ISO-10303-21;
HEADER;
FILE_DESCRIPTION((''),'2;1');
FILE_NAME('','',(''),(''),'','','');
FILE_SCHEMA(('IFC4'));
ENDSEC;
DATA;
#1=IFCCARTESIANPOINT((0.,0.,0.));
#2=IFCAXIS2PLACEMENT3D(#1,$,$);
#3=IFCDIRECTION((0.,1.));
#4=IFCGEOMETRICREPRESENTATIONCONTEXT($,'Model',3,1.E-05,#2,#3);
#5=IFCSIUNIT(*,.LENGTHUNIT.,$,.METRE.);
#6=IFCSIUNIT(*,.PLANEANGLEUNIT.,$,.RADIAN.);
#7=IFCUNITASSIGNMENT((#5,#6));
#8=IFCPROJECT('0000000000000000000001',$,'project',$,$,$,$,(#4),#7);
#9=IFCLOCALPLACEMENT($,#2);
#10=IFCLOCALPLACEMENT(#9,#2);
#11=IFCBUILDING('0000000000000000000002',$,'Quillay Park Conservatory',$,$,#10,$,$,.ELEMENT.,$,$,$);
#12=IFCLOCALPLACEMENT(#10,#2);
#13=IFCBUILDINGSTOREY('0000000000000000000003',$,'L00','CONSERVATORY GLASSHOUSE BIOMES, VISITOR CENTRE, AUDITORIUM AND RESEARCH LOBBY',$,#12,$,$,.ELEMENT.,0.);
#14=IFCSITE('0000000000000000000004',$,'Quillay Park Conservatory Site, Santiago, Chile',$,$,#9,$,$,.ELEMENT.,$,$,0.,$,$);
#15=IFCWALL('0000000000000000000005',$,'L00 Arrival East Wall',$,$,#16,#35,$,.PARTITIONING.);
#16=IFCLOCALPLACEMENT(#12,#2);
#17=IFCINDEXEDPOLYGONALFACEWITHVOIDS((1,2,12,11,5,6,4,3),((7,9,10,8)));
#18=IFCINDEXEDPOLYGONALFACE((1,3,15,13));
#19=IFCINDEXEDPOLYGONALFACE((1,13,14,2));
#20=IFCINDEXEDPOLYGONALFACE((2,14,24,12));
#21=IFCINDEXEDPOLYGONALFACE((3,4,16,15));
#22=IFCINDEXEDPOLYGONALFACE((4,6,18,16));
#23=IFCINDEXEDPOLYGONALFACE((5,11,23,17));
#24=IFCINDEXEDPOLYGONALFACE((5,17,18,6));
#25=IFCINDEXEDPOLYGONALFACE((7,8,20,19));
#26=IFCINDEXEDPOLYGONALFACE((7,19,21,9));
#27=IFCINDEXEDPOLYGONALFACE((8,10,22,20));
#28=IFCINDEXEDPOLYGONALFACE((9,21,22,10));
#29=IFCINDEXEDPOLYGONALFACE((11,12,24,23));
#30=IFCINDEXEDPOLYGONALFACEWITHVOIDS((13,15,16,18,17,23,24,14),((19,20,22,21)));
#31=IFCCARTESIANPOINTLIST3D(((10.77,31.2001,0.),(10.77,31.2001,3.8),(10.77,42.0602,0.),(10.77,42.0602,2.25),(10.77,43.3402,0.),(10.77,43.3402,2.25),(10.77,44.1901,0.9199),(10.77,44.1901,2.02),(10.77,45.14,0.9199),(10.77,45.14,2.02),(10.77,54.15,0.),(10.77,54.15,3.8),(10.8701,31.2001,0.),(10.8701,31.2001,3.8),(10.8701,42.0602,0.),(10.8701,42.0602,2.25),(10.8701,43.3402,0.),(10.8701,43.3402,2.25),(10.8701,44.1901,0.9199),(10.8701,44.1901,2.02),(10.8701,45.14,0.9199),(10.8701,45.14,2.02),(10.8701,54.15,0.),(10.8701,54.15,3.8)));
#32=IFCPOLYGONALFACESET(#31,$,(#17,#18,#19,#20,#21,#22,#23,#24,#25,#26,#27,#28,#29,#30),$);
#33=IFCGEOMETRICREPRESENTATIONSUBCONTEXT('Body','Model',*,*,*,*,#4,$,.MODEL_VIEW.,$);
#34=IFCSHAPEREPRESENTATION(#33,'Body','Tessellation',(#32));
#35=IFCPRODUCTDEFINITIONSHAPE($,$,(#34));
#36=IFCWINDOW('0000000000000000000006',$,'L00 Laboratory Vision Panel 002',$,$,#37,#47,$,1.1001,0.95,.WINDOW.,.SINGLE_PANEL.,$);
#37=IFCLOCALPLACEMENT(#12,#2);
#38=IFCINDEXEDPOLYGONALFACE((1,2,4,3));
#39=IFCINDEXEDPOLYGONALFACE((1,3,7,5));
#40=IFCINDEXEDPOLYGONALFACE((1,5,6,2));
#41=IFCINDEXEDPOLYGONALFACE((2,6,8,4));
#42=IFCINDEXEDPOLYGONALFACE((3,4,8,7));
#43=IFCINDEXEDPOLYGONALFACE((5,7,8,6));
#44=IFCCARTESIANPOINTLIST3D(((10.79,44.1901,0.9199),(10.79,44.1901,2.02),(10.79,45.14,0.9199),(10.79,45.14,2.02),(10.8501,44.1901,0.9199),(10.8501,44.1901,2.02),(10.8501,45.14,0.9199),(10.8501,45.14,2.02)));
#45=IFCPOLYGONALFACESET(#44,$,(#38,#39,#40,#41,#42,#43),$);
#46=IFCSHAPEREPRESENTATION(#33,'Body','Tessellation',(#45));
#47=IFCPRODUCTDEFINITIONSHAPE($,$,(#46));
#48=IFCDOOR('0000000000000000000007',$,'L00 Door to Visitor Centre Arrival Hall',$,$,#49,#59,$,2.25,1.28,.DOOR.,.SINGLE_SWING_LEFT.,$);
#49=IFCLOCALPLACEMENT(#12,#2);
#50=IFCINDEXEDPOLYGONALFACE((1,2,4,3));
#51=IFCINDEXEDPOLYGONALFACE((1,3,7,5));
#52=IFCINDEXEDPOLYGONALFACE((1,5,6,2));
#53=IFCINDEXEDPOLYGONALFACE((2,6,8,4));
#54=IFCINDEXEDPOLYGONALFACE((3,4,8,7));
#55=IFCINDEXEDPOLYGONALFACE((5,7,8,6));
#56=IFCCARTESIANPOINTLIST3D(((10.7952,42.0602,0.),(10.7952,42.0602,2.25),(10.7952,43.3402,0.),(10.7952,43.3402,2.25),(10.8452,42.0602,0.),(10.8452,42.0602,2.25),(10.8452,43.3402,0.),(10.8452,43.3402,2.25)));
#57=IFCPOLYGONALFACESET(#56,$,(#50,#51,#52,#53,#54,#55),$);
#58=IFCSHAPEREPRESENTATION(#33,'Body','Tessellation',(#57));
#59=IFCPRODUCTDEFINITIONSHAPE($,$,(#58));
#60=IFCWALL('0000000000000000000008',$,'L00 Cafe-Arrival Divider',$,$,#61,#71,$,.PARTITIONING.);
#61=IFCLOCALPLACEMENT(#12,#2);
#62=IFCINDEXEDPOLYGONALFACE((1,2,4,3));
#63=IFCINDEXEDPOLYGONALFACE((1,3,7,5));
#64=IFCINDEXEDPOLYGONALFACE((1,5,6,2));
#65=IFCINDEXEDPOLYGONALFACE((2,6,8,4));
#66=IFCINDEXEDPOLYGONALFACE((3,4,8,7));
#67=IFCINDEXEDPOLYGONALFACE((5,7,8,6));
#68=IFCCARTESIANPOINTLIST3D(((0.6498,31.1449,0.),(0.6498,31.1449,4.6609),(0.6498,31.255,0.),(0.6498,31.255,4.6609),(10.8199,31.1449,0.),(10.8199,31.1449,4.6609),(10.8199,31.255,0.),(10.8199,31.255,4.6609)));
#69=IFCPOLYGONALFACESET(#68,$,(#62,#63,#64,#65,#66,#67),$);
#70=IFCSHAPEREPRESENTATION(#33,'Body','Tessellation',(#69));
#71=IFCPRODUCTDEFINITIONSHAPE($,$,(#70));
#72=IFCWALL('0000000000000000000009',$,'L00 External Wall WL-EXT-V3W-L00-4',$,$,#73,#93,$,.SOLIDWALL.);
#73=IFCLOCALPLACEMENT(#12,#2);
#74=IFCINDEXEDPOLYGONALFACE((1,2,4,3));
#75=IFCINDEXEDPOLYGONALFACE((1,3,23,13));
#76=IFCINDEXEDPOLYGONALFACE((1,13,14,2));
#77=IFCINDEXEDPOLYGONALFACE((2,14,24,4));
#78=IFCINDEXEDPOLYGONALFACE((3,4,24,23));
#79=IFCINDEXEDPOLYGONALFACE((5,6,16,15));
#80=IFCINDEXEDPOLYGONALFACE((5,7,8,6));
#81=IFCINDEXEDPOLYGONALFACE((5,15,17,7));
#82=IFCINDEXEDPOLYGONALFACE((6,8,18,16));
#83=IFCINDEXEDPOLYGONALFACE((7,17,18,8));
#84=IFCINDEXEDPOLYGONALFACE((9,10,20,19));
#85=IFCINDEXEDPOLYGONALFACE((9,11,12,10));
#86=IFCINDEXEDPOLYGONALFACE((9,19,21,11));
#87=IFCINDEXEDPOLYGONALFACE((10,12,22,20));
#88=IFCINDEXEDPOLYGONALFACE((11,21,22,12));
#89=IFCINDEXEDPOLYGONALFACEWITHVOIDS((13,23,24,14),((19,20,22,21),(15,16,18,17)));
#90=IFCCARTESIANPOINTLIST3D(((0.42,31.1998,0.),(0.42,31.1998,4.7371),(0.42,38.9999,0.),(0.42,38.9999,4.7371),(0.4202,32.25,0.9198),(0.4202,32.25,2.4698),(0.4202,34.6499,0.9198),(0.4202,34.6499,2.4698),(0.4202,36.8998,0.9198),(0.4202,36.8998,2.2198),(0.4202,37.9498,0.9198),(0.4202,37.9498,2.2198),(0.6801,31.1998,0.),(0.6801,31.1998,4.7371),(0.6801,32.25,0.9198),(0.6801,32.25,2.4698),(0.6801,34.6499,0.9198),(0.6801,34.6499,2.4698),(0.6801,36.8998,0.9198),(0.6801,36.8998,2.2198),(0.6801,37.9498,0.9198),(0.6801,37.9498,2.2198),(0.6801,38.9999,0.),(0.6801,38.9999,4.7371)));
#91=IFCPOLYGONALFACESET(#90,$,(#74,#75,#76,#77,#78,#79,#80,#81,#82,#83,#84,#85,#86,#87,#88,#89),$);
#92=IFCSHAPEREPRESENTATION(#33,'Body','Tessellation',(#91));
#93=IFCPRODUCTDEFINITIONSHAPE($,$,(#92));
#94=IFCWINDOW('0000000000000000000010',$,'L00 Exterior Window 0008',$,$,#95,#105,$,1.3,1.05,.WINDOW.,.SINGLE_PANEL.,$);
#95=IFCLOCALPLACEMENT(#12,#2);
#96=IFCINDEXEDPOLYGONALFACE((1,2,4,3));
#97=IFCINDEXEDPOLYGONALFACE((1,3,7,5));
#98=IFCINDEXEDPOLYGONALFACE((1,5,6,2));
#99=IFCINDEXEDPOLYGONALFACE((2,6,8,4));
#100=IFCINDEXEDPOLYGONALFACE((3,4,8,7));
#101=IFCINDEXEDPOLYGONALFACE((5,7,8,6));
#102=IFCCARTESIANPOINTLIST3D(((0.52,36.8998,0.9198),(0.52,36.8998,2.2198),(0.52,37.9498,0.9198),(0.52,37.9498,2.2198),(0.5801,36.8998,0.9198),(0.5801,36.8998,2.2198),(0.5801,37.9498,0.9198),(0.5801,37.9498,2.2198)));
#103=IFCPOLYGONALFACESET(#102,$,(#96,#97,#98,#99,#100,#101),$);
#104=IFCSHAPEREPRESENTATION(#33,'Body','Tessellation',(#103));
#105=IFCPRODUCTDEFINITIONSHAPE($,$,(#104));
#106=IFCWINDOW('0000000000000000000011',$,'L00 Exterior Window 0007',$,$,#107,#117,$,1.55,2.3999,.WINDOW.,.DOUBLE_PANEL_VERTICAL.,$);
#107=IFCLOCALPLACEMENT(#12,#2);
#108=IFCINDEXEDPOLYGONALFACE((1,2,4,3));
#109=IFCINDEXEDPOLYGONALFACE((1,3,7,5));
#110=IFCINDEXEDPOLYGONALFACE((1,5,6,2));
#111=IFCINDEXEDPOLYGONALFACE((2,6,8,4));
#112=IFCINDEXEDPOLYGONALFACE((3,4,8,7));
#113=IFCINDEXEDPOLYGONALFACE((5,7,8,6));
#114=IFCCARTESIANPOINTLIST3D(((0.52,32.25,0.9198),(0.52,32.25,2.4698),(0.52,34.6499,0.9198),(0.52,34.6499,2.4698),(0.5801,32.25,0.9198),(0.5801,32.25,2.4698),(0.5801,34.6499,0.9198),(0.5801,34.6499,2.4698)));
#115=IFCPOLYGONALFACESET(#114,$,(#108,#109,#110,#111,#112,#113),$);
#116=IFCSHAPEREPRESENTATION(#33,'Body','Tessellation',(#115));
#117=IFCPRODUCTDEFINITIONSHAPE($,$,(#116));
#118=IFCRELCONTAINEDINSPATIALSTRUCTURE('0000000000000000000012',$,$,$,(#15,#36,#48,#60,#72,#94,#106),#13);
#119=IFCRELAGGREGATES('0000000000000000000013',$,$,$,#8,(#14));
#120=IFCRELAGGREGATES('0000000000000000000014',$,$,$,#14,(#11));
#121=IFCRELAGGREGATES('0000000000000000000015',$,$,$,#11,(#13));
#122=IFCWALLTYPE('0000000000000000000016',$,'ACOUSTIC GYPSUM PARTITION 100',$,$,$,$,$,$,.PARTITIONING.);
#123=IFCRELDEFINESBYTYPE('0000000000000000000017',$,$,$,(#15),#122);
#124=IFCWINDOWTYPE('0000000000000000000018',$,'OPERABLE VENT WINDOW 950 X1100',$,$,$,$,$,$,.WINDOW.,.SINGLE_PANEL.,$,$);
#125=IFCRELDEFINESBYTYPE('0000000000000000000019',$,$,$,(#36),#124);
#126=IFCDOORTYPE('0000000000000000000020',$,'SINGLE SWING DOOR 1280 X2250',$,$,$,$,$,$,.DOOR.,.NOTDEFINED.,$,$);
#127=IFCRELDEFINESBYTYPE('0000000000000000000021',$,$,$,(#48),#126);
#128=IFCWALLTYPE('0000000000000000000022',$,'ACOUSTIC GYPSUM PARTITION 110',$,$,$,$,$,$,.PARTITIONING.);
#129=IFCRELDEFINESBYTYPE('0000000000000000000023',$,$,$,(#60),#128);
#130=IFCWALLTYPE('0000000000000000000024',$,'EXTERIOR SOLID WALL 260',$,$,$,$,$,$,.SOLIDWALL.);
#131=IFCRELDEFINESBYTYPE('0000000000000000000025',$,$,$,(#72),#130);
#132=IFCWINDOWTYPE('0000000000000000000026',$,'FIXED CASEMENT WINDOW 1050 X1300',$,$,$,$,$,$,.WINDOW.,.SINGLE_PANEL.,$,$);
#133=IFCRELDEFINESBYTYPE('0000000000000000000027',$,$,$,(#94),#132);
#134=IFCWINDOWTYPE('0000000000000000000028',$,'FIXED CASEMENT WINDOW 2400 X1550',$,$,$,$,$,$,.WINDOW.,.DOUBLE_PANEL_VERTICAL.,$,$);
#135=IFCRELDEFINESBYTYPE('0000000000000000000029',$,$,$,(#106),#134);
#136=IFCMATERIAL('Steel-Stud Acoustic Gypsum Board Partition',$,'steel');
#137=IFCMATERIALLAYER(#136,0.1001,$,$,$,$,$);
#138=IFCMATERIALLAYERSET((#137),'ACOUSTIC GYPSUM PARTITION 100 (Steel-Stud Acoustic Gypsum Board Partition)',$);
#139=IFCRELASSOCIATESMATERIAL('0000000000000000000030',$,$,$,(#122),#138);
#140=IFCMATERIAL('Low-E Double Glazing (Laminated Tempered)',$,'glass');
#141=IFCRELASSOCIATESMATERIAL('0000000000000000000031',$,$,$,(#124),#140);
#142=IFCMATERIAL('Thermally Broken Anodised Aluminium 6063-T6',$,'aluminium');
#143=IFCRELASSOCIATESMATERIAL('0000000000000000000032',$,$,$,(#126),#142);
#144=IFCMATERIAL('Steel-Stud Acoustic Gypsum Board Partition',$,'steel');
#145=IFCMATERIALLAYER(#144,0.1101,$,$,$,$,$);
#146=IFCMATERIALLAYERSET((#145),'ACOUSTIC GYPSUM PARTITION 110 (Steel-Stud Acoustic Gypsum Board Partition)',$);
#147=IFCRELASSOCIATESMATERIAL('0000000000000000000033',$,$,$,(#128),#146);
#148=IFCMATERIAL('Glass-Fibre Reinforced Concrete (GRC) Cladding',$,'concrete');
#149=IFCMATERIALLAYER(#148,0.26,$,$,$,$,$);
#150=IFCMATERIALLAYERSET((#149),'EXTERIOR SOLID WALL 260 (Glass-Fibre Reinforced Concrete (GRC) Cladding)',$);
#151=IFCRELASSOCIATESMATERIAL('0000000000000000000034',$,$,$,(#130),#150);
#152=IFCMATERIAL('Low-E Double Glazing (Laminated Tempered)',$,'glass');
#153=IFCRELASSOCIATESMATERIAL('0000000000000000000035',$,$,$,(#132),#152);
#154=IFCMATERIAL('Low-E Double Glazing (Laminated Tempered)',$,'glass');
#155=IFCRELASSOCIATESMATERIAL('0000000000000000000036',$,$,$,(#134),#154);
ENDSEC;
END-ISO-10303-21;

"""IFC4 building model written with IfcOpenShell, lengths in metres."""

from ifc_helpers import new_model, si_unit, direction, frame, frame_2d, origin, place, context, subcontext, project, spatial, rectangle, extrude, material, layer, layer_set, type_object, element, fill, save


model = new_model("IFC4")

# Units and contexts
model_context = context("Model", 3, precision=1e-05, world=origin(), true_north=direction((0.0, 1.0)))
body_context = subcontext(model_context, "Body", "Model", "MODEL_VIEW")
ifc_project = project(units=[si_unit("LENGTHUNIT", "METRE"), si_unit("PLANEANGLEUNIT", "RADIAN")], contexts=[model_context])

# Site, building, storey
site_placement = place(None, origin())
site = spatial("IfcSite", under=ifc_project, at=site_placement, Name="Quillay Park Conservatory Site, Santiago, Chile", CompositionType="ELEMENT", RefElevation=0.0)
building_placement = place(site_placement, origin())
building = spatial("IfcBuilding", under=site, at=building_placement, Name="Quillay Park Conservatory", CompositionType="ELEMENT")
storey_placement = place(building_placement, origin())
storey = spatial("IfcBuildingStorey", under=building, at=storey_placement, Name="L00", Description="CONSERVATORY GLASSHOUSE BIOMES, VISITOR CENTRE, AUDITORIUM AND RESEARCH LOBBY", CompositionType="ELEMENT", Elevation=0.0)

# Wall, openings, window, door
ifc_material_1 = material(Name="Steel-Stud Acoustic Gypsum Board Partition", Category="steel")
ifc_layer_1 = layer(ifc_material_1, 0.1001)
ifc_layer_set_1 = layer_set([ifc_layer_1], Name="ACOUSTIC GYPSUM PARTITION 100 (Steel-Stud Acoustic Gypsum Board Partition)")
wall_type_1 = type_object("IfcWallType", Name="ACOUSTIC GYPSUM PARTITION 100", PredefinedType="PARTITIONING", material=ifc_layer_set_1)
wall_1_placement = place(storey_placement, frame((10.8201, 31.2, 0.0), z_axis=(0.0, 0.0, 1.0), x_axis=(0.0, 1.0, 0.0)))
wall_1 = element("IfcWall", 1, at=wall_1_placement, inside=storey, type_object=wall_type_1, Name="L00 Arrival East Wall", PredefinedType="PARTITIONING", context=body_context, shape_type="SweptSolid", body=[
    extrude(rectangle(XDim=22.95, YDim=0.1001, at=frame_2d((11.4751, 0.0))), origin(), (0.0, 0.0, 1.0), 3.8),
])
opening_1_placement = place(wall_1_placement, frame((10.8601, 0.0, 0.0)))
opening_1 = element("IfcOpeningElement", 2, at=opening_1_placement, cuts=wall_1, PredefinedType="OPENING", context=body_context, shape_type="SweptSolid", body=[
    extrude(rectangle(XDim=1.28, YDim=2.25, at=frame_2d((0.6401, 1.125))), frame((0.0, 0.05, 0.0), z_axis=(0.0, -1.0, 0.0), x_axis=(1.0, 0.0, 0.0)), (0.0, 0.0, 1.0), 0.1001),
])
opening_2_placement = place(wall_1_placement, frame((12.99, 0.0, 0.9199)))
opening_2 = element("IfcOpeningElement", 3, at=opening_2_placement, cuts=wall_1, PredefinedType="OPENING", context=body_context, shape_type="SweptSolid", body=[
    extrude(rectangle(XDim=0.95, YDim=1.1001, at=frame_2d((0.4751, 0.55))), frame((0.0, 0.05, 0.0), z_axis=(0.0, -1.0, 0.0), x_axis=(1.0, 0.0, 0.0)), (0.0, 0.0, 1.0), 0.1001),
])
ifc_material_2 = material(Name="Low-E Double Glazing (Laminated Tempered)", Category="glass")
window_type_1 = type_object("IfcWindowType", Name="OPERABLE VENT WINDOW 950 X1100", PartitioningType="SINGLE_PANEL", PredefinedType="WINDOW", material=ifc_material_2)
window_1_placement = place(opening_2_placement, origin())
window_1 = element("IfcWindow", 4, at=window_1_placement, inside=storey, type_object=window_type_1, Name="L00 Laboratory Vision Panel 002", OverallHeight=1.1001, OverallWidth=0.95, PartitioningType="SINGLE_PANEL", PredefinedType="WINDOW", context=body_context, shape_type="SweptSolid", body=[
    extrude(rectangle(XDim=0.95, YDim=1.1001, at=frame_2d((0.4751, 0.55))), frame((0.0, 0.03, 0.0), z_axis=(0.0, -1.0, 0.0), x_axis=(1.0, 0.0, 0.0)), (0.0, 0.0, 1.0), 0.0601),
])
fill(opening_2, window_1)
ifc_material_3 = material(Name="Thermally Broken Anodised Aluminium 6063-T6", Category="aluminium")
door_type = type_object("IfcDoorType", Name="SINGLE SWING DOOR 1280 X2250", OperationType="NOTDEFINED", PredefinedType="DOOR", material=ifc_material_3)
door_placement = place(opening_1_placement, origin())
door = element("IfcDoor", 5, at=door_placement, inside=storey, type_object=door_type, Name="L00 Door to Visitor Centre Arrival Hall", OperationType="SINGLE_SWING_LEFT", OverallHeight=2.25, OverallWidth=1.28, PredefinedType="DOOR", context=body_context, shape_type="SweptSolid", body=[
    extrude(rectangle(XDim=1.28, YDim=2.25, at=frame_2d((0.6401, 1.125))), frame((0.0, 0.0249, 0.0), z_axis=(0.0, -1.0, 0.0), x_axis=(1.0, 0.0, 0.0)), (0.0, 0.0, 1.0), 0.05),
])
fill(opening_1, door)

# Wall
ifc_material_4 = material(Name="Steel-Stud Acoustic Gypsum Board Partition", Category="steel")
ifc_layer_2 = layer(ifc_material_4, 0.1101)
ifc_layer_set_2 = layer_set([ifc_layer_2], Name="ACOUSTIC GYPSUM PARTITION 110 (Steel-Stud Acoustic Gypsum Board Partition)")
wall_type_2 = type_object("IfcWallType", Name="ACOUSTIC GYPSUM PARTITION 110", PredefinedType="PARTITIONING", material=ifc_layer_set_2)
wall_2_placement = place(storey_placement, frame((0.6499, 31.2, 0.0), z_axis=(0.0, 0.0, 1.0), x_axis=(1.0, 0.0, 0.0)))
element("IfcWall", 6, at=wall_2_placement, inside=storey, type_object=wall_type_2, Name="L00 Cafe-Arrival Divider", PredefinedType="PARTITIONING", context=body_context, shape_type="SweptSolid", body=[
    extrude(rectangle(XDim=10.1702, YDim=0.1101, at=frame_2d((5.085, 0.0))), origin(), (0.0, 0.0, 1.0), 4.6609),
])

# Wall, openings, windows
ifc_material_5 = material(Name="Glass-Fibre Reinforced Concrete (GRC) Cladding", Category="concrete")
ifc_layer_3 = layer(ifc_material_5, 0.26)
ifc_layer_set_3 = layer_set([ifc_layer_3], Name="EXTERIOR SOLID WALL 260 (Glass-Fibre Reinforced Concrete (GRC) Cladding)")
wall_type_3 = type_object("IfcWallType", Name="EXTERIOR SOLID WALL 260", PredefinedType="SOLIDWALL", material=ifc_layer_set_3)
wall_3_placement = place(storey_placement, frame((0.55, 31.2, 0.0), z_axis=(0.0, 0.0, 1.0), x_axis=(0.0, 1.0, 0.0)))
wall_3 = element("IfcWall", 7, at=wall_3_placement, inside=storey, type_object=wall_type_3, Name="L00 External Wall WL-EXT-V3W-L00-4", PredefinedType="SOLIDWALL", context=body_context, shape_type="SweptSolid", body=[
    extrude(rectangle(XDim=7.8, YDim=0.26, at=frame_2d((3.8999, 0.0))), origin(), (0.0, 0.0, 1.0), 4.7371),
])
opening_3_placement = place(wall_3_placement, frame((1.05, 0.0, 0.9199)))
opening_3 = element("IfcOpeningElement", 8, at=opening_3_placement, cuts=wall_3, PredefinedType="OPENING", context=body_context, shape_type="SweptSolid", body=[
    extrude(rectangle(XDim=2.3999, YDim=1.55, at=frame_2d((1.2, 0.7749))), frame((0.0, 0.1299, 0.0), z_axis=(0.0, -1.0, 0.0), x_axis=(1.0, 0.0, 0.0)), (0.0, 0.0, 1.0), 0.26),
])
opening_4_placement = place(wall_3_placement, frame((5.7, 0.0, 0.9199)))
opening_4 = element("IfcOpeningElement", 9, at=opening_4_placement, cuts=wall_3, PredefinedType="OPENING", context=body_context, shape_type="SweptSolid", body=[
    extrude(rectangle(XDim=1.05, YDim=1.3, at=frame_2d((0.5249, 0.6499))), frame((0.0, 0.1299, 0.0), z_axis=(0.0, -1.0, 0.0), x_axis=(1.0, 0.0, 0.0)), (0.0, 0.0, 1.0), 0.26),
])
ifc_material_6 = material(Name="Low-E Double Glazing (Laminated Tempered)", Category="glass")
window_type_2 = type_object("IfcWindowType", Name="FIXED CASEMENT WINDOW 1050 X1300", PartitioningType="SINGLE_PANEL", PredefinedType="WINDOW", material=ifc_material_6)
window_2_placement = place(opening_4_placement, origin())
window_2 = element("IfcWindow", 10, at=window_2_placement, inside=storey, type_object=window_type_2, Name="L00 Exterior Window 0008", OverallHeight=1.3, OverallWidth=1.05, PartitioningType="SINGLE_PANEL", PredefinedType="WINDOW", context=body_context, shape_type="SweptSolid", body=[
    extrude(rectangle(XDim=1.05, YDim=1.3, at=frame_2d((0.5249, 0.6499))), frame((0.0, 0.03, 0.0), z_axis=(0.0, -1.0, 0.0), x_axis=(1.0, 0.0, 0.0)), (0.0, 0.0, 1.0), 0.0601),
])
fill(opening_4, window_2)
ifc_material_7 = material(Name="Low-E Double Glazing (Laminated Tempered)", Category="glass")
window_type_3 = type_object("IfcWindowType", Name="FIXED CASEMENT WINDOW 2400 X1550", PartitioningType="DOUBLE_PANEL_VERTICAL", PredefinedType="WINDOW", material=ifc_material_7)
window_3_placement = place(opening_3_placement, origin())
window_3 = element("IfcWindow", 11, at=window_3_placement, inside=storey, type_object=window_type_3, Name="L00 Exterior Window 0007", OverallHeight=1.55, OverallWidth=2.3999, PartitioningType="DOUBLE_PANEL_VERTICAL", PredefinedType="WINDOW", context=body_context, shape_type="SweptSolid", body=[
    extrude(rectangle(XDim=2.3999, YDim=1.55, at=frame_2d((1.2, 0.7749))), frame((0.0, 0.03, 0.0), z_axis=(0.0, -1.0, 0.0), x_axis=(1.0, 0.0, 0.0)), (0.0, 0.0, 1.0), 0.0601),
])
fill(opening_3, window_3)

save(model, "model.ifc")
